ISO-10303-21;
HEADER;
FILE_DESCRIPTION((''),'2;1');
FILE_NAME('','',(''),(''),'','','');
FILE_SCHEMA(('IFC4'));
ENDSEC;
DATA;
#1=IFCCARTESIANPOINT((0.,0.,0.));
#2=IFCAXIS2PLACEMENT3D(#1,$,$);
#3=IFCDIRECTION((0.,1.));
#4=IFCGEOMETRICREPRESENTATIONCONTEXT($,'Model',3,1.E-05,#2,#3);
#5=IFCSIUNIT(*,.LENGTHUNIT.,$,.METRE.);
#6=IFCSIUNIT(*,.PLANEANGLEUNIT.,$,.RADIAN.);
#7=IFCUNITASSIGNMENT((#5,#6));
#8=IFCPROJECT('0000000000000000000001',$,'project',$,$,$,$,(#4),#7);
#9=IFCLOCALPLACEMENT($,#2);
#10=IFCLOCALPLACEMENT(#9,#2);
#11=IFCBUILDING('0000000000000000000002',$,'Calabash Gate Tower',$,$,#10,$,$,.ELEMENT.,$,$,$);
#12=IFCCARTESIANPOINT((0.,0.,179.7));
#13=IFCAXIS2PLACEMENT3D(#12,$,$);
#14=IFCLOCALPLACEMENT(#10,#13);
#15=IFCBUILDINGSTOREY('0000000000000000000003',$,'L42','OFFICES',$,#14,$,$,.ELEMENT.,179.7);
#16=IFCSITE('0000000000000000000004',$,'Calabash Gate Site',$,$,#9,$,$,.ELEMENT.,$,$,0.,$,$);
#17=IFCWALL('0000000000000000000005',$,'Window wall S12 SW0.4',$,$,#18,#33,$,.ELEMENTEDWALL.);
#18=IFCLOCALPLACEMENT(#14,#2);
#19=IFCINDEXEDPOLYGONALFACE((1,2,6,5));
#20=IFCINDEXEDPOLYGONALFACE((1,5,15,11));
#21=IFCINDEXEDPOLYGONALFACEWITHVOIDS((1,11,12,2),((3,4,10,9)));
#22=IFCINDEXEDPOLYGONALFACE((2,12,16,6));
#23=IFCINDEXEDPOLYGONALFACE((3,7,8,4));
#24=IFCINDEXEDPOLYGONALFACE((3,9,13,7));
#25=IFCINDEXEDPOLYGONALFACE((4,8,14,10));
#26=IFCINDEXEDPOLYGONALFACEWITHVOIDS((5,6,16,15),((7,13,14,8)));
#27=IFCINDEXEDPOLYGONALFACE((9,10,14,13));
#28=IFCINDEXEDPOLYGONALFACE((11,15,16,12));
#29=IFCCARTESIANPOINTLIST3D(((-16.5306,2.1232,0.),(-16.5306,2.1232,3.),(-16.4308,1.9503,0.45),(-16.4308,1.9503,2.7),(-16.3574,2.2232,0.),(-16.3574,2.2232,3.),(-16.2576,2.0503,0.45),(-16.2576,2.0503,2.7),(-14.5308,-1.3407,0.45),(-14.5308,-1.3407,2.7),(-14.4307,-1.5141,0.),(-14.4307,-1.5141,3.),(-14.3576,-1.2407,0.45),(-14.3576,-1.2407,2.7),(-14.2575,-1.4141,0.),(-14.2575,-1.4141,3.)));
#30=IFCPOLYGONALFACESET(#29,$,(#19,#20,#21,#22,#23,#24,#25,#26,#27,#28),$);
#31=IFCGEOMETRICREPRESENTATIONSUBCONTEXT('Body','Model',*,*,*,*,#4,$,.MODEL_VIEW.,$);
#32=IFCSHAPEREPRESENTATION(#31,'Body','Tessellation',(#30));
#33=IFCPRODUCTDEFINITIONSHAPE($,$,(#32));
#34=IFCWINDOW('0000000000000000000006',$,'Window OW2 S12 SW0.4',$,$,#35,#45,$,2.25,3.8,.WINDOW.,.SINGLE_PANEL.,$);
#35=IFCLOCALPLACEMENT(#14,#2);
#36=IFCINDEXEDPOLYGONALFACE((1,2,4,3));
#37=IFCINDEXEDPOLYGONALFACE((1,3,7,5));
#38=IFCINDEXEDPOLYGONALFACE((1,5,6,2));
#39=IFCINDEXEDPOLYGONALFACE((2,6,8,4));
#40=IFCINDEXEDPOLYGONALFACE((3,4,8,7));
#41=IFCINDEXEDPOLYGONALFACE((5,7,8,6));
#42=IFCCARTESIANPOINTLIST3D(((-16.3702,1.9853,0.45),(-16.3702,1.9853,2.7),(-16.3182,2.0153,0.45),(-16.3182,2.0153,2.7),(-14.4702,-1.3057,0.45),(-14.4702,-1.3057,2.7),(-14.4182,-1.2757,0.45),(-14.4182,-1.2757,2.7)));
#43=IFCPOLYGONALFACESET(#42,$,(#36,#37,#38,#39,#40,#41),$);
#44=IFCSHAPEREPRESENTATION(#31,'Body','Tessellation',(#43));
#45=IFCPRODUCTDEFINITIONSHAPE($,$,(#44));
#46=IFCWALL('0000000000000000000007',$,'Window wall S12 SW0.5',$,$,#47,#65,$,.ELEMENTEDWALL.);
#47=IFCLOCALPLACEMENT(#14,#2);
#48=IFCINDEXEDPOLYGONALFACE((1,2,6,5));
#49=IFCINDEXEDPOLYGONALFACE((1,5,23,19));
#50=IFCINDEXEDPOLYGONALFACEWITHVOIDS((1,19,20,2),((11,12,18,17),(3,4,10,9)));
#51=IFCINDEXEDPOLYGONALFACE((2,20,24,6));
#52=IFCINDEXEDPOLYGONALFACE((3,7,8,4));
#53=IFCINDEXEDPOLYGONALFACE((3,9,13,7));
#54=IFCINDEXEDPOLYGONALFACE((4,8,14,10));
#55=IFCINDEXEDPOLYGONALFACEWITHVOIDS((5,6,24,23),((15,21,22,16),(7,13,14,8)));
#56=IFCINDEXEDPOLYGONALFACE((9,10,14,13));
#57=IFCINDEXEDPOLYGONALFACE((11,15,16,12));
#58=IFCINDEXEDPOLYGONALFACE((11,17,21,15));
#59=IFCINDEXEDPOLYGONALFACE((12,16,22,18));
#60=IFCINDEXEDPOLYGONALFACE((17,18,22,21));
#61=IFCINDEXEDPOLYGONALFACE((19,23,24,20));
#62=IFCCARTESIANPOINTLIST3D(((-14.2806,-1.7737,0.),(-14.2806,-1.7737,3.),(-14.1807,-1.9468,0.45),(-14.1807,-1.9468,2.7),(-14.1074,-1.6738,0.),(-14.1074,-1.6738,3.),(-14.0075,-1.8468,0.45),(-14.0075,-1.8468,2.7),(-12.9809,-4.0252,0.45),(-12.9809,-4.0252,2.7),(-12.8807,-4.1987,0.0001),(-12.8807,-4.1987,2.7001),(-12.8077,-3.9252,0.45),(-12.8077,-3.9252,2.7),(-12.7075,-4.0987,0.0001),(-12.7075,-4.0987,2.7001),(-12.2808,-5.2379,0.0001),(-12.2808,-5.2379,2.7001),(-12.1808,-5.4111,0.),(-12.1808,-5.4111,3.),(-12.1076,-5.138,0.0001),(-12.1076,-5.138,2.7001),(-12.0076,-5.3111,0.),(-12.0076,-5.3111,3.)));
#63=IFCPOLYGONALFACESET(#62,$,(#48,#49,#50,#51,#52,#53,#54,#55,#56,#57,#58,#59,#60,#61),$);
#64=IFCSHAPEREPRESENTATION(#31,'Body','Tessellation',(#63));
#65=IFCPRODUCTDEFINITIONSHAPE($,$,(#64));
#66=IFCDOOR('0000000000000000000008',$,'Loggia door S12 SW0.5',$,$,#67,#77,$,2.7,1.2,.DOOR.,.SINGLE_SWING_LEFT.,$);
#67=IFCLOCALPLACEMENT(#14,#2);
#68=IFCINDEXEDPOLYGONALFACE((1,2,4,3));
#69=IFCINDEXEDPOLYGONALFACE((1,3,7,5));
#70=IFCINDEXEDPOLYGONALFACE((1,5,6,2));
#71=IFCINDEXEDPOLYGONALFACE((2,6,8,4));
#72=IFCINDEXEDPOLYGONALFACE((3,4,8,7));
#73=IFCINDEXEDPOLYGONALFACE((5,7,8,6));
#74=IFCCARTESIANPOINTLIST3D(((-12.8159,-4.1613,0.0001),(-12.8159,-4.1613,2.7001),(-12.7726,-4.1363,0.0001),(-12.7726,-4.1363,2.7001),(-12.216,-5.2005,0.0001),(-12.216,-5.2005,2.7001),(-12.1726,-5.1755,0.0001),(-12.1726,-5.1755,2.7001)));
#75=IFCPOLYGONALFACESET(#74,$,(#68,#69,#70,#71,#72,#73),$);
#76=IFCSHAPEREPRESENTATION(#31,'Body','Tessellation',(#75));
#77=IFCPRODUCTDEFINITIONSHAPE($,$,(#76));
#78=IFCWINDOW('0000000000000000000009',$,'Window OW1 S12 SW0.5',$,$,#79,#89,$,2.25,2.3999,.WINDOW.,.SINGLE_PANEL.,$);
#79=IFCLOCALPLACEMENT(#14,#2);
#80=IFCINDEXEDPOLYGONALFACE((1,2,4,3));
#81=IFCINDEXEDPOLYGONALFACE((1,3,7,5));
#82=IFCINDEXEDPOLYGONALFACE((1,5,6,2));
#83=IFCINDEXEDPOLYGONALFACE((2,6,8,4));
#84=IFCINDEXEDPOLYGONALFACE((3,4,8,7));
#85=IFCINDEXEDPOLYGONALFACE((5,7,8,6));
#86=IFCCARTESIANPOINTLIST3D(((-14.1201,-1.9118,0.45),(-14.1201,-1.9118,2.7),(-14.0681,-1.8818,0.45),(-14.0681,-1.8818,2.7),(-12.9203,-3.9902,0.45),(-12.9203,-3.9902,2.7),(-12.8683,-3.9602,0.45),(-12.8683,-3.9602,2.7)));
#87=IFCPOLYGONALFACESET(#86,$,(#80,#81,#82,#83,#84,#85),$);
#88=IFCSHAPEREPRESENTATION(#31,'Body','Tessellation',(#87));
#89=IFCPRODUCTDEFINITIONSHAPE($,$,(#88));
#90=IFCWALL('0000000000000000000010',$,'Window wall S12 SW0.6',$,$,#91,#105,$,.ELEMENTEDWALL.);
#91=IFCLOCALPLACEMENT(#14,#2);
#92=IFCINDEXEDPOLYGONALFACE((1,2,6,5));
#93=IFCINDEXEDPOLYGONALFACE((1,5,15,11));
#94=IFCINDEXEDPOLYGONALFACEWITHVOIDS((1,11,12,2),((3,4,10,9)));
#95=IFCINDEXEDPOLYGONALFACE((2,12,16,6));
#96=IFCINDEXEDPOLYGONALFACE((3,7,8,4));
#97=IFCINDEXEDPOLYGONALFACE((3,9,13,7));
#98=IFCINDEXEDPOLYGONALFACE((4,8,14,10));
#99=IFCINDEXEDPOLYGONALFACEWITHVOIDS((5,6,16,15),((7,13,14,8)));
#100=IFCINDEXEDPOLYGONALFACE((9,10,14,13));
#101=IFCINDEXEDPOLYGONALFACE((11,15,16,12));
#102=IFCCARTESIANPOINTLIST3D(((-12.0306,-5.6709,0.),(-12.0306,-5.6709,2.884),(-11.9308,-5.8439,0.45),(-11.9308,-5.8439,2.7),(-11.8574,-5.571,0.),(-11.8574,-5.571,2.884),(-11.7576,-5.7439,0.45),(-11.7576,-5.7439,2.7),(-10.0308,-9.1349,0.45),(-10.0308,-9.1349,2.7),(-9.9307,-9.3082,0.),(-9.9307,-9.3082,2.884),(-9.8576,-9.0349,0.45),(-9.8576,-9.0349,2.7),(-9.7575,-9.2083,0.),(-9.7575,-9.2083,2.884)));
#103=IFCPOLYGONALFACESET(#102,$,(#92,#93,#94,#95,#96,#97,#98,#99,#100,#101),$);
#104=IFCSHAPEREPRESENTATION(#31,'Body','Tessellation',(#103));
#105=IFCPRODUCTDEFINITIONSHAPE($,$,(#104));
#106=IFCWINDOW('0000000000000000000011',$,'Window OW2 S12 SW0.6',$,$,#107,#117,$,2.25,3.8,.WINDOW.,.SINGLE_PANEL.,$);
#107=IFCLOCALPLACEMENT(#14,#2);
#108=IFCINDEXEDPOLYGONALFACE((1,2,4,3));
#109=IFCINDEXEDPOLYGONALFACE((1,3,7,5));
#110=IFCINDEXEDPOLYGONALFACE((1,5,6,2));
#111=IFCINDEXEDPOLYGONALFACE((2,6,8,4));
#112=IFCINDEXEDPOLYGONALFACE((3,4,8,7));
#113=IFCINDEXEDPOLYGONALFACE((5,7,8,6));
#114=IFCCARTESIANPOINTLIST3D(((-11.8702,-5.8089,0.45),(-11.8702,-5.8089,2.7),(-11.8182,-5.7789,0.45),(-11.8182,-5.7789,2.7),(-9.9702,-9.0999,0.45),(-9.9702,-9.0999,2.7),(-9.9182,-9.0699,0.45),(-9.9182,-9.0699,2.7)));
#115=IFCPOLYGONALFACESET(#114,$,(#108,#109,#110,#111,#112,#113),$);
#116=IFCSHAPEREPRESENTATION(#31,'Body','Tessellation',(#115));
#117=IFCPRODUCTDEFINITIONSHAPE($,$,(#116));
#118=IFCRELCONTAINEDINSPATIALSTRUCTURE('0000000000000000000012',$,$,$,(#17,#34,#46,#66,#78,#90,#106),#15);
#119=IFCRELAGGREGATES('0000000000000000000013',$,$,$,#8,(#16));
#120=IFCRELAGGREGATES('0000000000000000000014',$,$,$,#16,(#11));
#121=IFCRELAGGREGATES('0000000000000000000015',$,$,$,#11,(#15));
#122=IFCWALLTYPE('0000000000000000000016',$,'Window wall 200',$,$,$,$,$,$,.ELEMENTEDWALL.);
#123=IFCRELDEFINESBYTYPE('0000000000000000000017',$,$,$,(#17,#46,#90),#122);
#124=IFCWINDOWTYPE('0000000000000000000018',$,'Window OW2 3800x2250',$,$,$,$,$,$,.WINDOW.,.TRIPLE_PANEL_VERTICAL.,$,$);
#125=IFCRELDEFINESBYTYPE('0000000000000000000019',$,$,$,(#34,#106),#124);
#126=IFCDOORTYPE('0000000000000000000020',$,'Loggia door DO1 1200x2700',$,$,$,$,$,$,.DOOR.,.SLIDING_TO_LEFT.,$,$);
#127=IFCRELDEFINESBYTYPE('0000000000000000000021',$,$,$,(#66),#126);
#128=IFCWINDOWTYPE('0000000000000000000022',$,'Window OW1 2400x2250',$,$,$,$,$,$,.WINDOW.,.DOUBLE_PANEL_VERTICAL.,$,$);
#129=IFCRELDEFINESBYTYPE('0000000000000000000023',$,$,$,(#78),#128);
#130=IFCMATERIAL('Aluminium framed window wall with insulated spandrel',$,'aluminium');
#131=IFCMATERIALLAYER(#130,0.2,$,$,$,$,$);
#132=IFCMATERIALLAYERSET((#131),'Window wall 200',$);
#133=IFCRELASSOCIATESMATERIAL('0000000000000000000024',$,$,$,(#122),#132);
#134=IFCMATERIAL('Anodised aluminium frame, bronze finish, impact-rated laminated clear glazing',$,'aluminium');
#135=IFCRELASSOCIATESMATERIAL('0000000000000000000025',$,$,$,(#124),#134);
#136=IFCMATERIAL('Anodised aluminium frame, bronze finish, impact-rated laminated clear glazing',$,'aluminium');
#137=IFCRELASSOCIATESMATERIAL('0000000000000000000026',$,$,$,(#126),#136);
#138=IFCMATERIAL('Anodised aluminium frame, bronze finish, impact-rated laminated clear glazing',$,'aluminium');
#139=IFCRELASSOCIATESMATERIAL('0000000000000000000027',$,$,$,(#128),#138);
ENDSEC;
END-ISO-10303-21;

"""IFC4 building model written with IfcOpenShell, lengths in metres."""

from ifc_helpers import new_model, si_unit, direction, frame, frame_2d, origin, place, context, subcontext, project, spatial, rectangle, extrude, material, layer, layer_set, type_object, element, fill, save


model = new_model("IFC4")

# Units and contexts
model_context = context("Model", 3, precision=1e-05, world=origin(), true_north=direction((0.0, 1.0)))
body_context = subcontext(model_context, "Body", "Model", "MODEL_VIEW")
ifc_project = project(units=[si_unit("LENGTHUNIT", "METRE"), si_unit("PLANEANGLEUNIT", "RADIAN")], contexts=[model_context])

# Site, building, storey
site_placement = place(None, origin())
site = spatial("IfcSite", under=ifc_project, at=site_placement, Name="Calabash Gate Site", CompositionType="ELEMENT", RefElevation=0.0)
building_placement = place(site_placement, origin())
building = spatial("IfcBuilding", under=site, at=building_placement, Name="Calabash Gate Tower", CompositionType="ELEMENT")
storey_placement = place(building_placement, frame((0.0, 0.0, 179.7)))
storey = spatial("IfcBuildingStorey", under=building, at=storey_placement, Name="L42", Description="OFFICES", CompositionType="ELEMENT", Elevation=179.7)

# Wall, opening, window
ifc_material_1 = material(Name="Aluminium framed window wall with insulated spandrel", Category="aluminium")
ifc_layer_1 = layer(ifc_material_1, 0.2)
ifc_layer_set_1 = layer_set([ifc_layer_1], Name="Window wall 200")
wall_type_1 = type_object("IfcWallType", Name="Window wall 200", PredefinedType="ELEMENTEDWALL", material=ifc_layer_set_1)
wall_1_placement = place(storey_placement, frame((-16.4441, 2.1733, 0.0), z_axis=(0.0, 0.0, 1.0), x_axis=(0.499984, -0.866035, 0.0)))
wall_1 = element("IfcWall", 1, at=wall_1_placement, inside=storey, type_object=wall_type_1, Name="Window wall S12 SW0.4", PredefinedType="ELEMENTEDWALL", context=body_context, shape_type="SweptSolid", body=[
    extrude(rectangle(XDim=4.2, YDim=0.2, at=frame_2d((2.1001, 0.0))), origin(), (0.0, 0.0, 1.0), 3.0),
])
opening_1_placement = place(wall_1_placement, frame((0.2, 0.0, 0.45)))
opening_1 = element("IfcOpeningElement", 2, at=opening_1_placement, cuts=wall_1, PredefinedType="OPENING", context=body_context, shape_type="SweptSolid", body=[
    extrude(rectangle(XDim=3.8, YDim=2.25, at=frame_2d((1.8999, 1.125))), frame((0.0, 0.1099, 0.0), z_axis=(0.0, -1.0, 0.0), x_axis=(1.0, 0.0, 0.0)), (0.0, 0.0, 1.0), 0.22),
])
ifc_material_2 = material(Name="Anodised aluminium frame, bronze finish, impact-rated laminated clear glazing", Category="aluminium")
window_type_1 = type_object("IfcWindowType", Name="Window OW2 3800x2250", PartitioningType="TRIPLE_PANEL_VERTICAL", PredefinedType="WINDOW", material=ifc_material_2)
window_1_placement = place(opening_1_placement, origin())
window_1 = element("IfcWindow", 3, at=window_1_placement, inside=storey, type_object=window_type_1, Name="Window OW2 S12 SW0.4", OverallHeight=2.25, OverallWidth=3.8, PartitioningType="SINGLE_PANEL", PredefinedType="WINDOW", context=body_context, shape_type="SweptSolid", body=[
    extrude(rectangle(XDim=3.8, YDim=2.25, at=frame_2d((1.8999, 1.125))), frame((0.0, 0.03, 0.0), z_axis=(0.0, -1.0, 0.0), x_axis=(1.0, 0.0, 0.0)), (0.0, 0.0, 1.0), 0.0601),
])
fill(opening_1, window_1)

# Wall, openings, door, window
wall_2_placement = place(storey_placement, frame((-14.1941, -1.7236, 0.0), z_axis=(0.0, 0.0, 1.0), x_axis=(0.499959, -0.866049, 0.0)))
wall_2 = element("IfcWall", 4, at=wall_2_placement, inside=storey, type_object=wall_type_1, Name="Window wall S12 SW0.5", PredefinedType="ELEMENTEDWALL", context=body_context, shape_type="SweptSolid", body=[
    extrude(rectangle(XDim=4.2, YDim=0.2, at=frame_2d((2.1001, 0.0))), origin(), (0.0, 0.0, 1.0), 3.0),
])
opening_2_placement = place(wall_2_placement, frame((0.2, 0.0, 0.45)))
opening_2 = element("IfcOpeningElement", 5, at=opening_2_placement, cuts=wall_2, PredefinedType="OPENING", context=body_context, shape_type="SweptSolid", body=[
    extrude(rectangle(XDim=2.3999, YDim=2.25, at=frame_2d((1.2, 1.125))), frame((0.0, 0.1099, 0.0), z_axis=(0.0, -1.0, 0.0), x_axis=(1.0, 0.0, 0.0)), (0.0, 0.0, 1.0), 0.22),
])
opening_3_placement = place(wall_2_placement, frame((2.8, 0.0, 0.0)))
opening_3 = element("IfcOpeningElement", 6, at=opening_3_placement, cuts=wall_2, PredefinedType="OPENING", context=body_context, shape_type="SweptSolid", body=[
    extrude(rectangle(XDim=1.2, YDim=2.7, at=frame_2d((0.6001, 1.3501))), frame((0.0, 0.1099, 0.0), z_axis=(0.0, -1.0, 0.0), x_axis=(1.0, 0.0, 0.0)), (0.0, 0.0, 1.0), 0.22),
])
ifc_material_3 = material(Name="Anodised aluminium frame, bronze finish, impact-rated laminated clear glazing", Category="aluminium")
door_type_1 = type_object("IfcDoorType", Name="Loggia door DO1 1200x2700", OperationType="SLIDING_TO_LEFT", PredefinedType="DOOR", material=ifc_material_3)
door_1_placement = place(opening_3_placement, origin())
door_1 = element("IfcDoor", 7, at=door_1_placement, inside=storey, type_object=door_type_1, Name="Loggia door S12 SW0.5", OperationType="SINGLE_SWING_LEFT", OverallHeight=2.7, OverallWidth=1.2, PredefinedType="DOOR", context=body_context, shape_type="SweptSolid", body=[
    extrude(rectangle(XDim=1.2, YDim=2.7, at=frame_2d((0.6001, 1.3501))), frame((0.0, 0.0249, 0.0), z_axis=(0.0, -1.0, 0.0), x_axis=(1.0, 0.0, 0.0)), (0.0, 0.0, 1.0), 0.05),
])
fill(opening_3, door_1)
ifc_material_4 = material(Name="Anodised aluminium frame, bronze finish, impact-rated laminated clear glazing", Category="aluminium")
window_type_2 = type_object("IfcWindowType", Name="Window OW1 2400x2250", PartitioningType="DOUBLE_PANEL_VERTICAL", PredefinedType="WINDOW", material=ifc_material_4)
window_2_placement = place(opening_2_placement, origin())
window_2 = element("IfcWindow", 8, at=window_2_placement, inside=storey, type_object=window_type_2, Name="Window OW1 S12 SW0.5", OverallHeight=2.25, OverallWidth=2.3999, PartitioningType="SINGLE_PANEL", PredefinedType="WINDOW", context=body_context, shape_type="SweptSolid", body=[
    extrude(rectangle(XDim=2.3999, YDim=2.25, at=frame_2d((1.2, 1.125))), frame((0.0, 0.03, 0.0), z_axis=(0.0, -1.0, 0.0), x_axis=(1.0, 0.0, 0.0)), (0.0, 0.0, 1.0), 0.0601),
])
fill(opening_2, window_2)

# Wall, opening, window
wall_3_placement = place(storey_placement, frame((-11.9441, -5.6208, 0.0), z_axis=(0.0, 0.0, 1.0), x_axis=(0.499984, -0.866035, 0.0)))
wall_3 = element("IfcWall", 9, at=wall_3_placement, inside=storey, type_object=wall_type_1, Name="Window wall S12 SW0.6", PredefinedType="ELEMENTEDWALL", context=body_context, shape_type="SweptSolid", body=[
    extrude(rectangle(XDim=4.2, YDim=0.2, at=frame_2d((2.1001, 0.0))), origin(), (0.0, 0.0, 1.0), 2.884),
])
opening_4_placement = place(wall_3_placement, frame((0.2, 0.0, 0.45)))
opening_4 = element("IfcOpeningElement", 10, at=opening_4_placement, cuts=wall_3, PredefinedType="OPENING", context=body_context, shape_type="SweptSolid", body=[
    extrude(rectangle(XDim=3.8, YDim=2.25, at=frame_2d((1.8999, 1.125))), frame((0.0, 0.1099, 0.0), z_axis=(0.0, -1.0, 0.0), x_axis=(1.0, 0.0, 0.0)), (0.0, 0.0, 1.0), 0.22),
])
window_3_placement = place(opening_4_placement, origin())
window_3 = element("IfcWindow", 11, at=window_3_placement, inside=storey, type_object=window_type_1, Name="Window OW2 S12 SW0.6", OverallHeight=2.25, OverallWidth=3.8, PartitioningType="SINGLE_PANEL", PredefinedType="WINDOW", context=body_context, shape_type="SweptSolid", body=[
    extrude(rectangle(XDim=3.8, YDim=2.25, at=frame_2d((1.8999, 1.125))), frame((0.0, 0.03, 0.0), z_axis=(0.0, -1.0, 0.0), x_axis=(1.0, 0.0, 0.0)), (0.0, 0.0, 1.0), 0.0601),
])
fill(opening_4, window_3)

save(model, "model.ifc")
